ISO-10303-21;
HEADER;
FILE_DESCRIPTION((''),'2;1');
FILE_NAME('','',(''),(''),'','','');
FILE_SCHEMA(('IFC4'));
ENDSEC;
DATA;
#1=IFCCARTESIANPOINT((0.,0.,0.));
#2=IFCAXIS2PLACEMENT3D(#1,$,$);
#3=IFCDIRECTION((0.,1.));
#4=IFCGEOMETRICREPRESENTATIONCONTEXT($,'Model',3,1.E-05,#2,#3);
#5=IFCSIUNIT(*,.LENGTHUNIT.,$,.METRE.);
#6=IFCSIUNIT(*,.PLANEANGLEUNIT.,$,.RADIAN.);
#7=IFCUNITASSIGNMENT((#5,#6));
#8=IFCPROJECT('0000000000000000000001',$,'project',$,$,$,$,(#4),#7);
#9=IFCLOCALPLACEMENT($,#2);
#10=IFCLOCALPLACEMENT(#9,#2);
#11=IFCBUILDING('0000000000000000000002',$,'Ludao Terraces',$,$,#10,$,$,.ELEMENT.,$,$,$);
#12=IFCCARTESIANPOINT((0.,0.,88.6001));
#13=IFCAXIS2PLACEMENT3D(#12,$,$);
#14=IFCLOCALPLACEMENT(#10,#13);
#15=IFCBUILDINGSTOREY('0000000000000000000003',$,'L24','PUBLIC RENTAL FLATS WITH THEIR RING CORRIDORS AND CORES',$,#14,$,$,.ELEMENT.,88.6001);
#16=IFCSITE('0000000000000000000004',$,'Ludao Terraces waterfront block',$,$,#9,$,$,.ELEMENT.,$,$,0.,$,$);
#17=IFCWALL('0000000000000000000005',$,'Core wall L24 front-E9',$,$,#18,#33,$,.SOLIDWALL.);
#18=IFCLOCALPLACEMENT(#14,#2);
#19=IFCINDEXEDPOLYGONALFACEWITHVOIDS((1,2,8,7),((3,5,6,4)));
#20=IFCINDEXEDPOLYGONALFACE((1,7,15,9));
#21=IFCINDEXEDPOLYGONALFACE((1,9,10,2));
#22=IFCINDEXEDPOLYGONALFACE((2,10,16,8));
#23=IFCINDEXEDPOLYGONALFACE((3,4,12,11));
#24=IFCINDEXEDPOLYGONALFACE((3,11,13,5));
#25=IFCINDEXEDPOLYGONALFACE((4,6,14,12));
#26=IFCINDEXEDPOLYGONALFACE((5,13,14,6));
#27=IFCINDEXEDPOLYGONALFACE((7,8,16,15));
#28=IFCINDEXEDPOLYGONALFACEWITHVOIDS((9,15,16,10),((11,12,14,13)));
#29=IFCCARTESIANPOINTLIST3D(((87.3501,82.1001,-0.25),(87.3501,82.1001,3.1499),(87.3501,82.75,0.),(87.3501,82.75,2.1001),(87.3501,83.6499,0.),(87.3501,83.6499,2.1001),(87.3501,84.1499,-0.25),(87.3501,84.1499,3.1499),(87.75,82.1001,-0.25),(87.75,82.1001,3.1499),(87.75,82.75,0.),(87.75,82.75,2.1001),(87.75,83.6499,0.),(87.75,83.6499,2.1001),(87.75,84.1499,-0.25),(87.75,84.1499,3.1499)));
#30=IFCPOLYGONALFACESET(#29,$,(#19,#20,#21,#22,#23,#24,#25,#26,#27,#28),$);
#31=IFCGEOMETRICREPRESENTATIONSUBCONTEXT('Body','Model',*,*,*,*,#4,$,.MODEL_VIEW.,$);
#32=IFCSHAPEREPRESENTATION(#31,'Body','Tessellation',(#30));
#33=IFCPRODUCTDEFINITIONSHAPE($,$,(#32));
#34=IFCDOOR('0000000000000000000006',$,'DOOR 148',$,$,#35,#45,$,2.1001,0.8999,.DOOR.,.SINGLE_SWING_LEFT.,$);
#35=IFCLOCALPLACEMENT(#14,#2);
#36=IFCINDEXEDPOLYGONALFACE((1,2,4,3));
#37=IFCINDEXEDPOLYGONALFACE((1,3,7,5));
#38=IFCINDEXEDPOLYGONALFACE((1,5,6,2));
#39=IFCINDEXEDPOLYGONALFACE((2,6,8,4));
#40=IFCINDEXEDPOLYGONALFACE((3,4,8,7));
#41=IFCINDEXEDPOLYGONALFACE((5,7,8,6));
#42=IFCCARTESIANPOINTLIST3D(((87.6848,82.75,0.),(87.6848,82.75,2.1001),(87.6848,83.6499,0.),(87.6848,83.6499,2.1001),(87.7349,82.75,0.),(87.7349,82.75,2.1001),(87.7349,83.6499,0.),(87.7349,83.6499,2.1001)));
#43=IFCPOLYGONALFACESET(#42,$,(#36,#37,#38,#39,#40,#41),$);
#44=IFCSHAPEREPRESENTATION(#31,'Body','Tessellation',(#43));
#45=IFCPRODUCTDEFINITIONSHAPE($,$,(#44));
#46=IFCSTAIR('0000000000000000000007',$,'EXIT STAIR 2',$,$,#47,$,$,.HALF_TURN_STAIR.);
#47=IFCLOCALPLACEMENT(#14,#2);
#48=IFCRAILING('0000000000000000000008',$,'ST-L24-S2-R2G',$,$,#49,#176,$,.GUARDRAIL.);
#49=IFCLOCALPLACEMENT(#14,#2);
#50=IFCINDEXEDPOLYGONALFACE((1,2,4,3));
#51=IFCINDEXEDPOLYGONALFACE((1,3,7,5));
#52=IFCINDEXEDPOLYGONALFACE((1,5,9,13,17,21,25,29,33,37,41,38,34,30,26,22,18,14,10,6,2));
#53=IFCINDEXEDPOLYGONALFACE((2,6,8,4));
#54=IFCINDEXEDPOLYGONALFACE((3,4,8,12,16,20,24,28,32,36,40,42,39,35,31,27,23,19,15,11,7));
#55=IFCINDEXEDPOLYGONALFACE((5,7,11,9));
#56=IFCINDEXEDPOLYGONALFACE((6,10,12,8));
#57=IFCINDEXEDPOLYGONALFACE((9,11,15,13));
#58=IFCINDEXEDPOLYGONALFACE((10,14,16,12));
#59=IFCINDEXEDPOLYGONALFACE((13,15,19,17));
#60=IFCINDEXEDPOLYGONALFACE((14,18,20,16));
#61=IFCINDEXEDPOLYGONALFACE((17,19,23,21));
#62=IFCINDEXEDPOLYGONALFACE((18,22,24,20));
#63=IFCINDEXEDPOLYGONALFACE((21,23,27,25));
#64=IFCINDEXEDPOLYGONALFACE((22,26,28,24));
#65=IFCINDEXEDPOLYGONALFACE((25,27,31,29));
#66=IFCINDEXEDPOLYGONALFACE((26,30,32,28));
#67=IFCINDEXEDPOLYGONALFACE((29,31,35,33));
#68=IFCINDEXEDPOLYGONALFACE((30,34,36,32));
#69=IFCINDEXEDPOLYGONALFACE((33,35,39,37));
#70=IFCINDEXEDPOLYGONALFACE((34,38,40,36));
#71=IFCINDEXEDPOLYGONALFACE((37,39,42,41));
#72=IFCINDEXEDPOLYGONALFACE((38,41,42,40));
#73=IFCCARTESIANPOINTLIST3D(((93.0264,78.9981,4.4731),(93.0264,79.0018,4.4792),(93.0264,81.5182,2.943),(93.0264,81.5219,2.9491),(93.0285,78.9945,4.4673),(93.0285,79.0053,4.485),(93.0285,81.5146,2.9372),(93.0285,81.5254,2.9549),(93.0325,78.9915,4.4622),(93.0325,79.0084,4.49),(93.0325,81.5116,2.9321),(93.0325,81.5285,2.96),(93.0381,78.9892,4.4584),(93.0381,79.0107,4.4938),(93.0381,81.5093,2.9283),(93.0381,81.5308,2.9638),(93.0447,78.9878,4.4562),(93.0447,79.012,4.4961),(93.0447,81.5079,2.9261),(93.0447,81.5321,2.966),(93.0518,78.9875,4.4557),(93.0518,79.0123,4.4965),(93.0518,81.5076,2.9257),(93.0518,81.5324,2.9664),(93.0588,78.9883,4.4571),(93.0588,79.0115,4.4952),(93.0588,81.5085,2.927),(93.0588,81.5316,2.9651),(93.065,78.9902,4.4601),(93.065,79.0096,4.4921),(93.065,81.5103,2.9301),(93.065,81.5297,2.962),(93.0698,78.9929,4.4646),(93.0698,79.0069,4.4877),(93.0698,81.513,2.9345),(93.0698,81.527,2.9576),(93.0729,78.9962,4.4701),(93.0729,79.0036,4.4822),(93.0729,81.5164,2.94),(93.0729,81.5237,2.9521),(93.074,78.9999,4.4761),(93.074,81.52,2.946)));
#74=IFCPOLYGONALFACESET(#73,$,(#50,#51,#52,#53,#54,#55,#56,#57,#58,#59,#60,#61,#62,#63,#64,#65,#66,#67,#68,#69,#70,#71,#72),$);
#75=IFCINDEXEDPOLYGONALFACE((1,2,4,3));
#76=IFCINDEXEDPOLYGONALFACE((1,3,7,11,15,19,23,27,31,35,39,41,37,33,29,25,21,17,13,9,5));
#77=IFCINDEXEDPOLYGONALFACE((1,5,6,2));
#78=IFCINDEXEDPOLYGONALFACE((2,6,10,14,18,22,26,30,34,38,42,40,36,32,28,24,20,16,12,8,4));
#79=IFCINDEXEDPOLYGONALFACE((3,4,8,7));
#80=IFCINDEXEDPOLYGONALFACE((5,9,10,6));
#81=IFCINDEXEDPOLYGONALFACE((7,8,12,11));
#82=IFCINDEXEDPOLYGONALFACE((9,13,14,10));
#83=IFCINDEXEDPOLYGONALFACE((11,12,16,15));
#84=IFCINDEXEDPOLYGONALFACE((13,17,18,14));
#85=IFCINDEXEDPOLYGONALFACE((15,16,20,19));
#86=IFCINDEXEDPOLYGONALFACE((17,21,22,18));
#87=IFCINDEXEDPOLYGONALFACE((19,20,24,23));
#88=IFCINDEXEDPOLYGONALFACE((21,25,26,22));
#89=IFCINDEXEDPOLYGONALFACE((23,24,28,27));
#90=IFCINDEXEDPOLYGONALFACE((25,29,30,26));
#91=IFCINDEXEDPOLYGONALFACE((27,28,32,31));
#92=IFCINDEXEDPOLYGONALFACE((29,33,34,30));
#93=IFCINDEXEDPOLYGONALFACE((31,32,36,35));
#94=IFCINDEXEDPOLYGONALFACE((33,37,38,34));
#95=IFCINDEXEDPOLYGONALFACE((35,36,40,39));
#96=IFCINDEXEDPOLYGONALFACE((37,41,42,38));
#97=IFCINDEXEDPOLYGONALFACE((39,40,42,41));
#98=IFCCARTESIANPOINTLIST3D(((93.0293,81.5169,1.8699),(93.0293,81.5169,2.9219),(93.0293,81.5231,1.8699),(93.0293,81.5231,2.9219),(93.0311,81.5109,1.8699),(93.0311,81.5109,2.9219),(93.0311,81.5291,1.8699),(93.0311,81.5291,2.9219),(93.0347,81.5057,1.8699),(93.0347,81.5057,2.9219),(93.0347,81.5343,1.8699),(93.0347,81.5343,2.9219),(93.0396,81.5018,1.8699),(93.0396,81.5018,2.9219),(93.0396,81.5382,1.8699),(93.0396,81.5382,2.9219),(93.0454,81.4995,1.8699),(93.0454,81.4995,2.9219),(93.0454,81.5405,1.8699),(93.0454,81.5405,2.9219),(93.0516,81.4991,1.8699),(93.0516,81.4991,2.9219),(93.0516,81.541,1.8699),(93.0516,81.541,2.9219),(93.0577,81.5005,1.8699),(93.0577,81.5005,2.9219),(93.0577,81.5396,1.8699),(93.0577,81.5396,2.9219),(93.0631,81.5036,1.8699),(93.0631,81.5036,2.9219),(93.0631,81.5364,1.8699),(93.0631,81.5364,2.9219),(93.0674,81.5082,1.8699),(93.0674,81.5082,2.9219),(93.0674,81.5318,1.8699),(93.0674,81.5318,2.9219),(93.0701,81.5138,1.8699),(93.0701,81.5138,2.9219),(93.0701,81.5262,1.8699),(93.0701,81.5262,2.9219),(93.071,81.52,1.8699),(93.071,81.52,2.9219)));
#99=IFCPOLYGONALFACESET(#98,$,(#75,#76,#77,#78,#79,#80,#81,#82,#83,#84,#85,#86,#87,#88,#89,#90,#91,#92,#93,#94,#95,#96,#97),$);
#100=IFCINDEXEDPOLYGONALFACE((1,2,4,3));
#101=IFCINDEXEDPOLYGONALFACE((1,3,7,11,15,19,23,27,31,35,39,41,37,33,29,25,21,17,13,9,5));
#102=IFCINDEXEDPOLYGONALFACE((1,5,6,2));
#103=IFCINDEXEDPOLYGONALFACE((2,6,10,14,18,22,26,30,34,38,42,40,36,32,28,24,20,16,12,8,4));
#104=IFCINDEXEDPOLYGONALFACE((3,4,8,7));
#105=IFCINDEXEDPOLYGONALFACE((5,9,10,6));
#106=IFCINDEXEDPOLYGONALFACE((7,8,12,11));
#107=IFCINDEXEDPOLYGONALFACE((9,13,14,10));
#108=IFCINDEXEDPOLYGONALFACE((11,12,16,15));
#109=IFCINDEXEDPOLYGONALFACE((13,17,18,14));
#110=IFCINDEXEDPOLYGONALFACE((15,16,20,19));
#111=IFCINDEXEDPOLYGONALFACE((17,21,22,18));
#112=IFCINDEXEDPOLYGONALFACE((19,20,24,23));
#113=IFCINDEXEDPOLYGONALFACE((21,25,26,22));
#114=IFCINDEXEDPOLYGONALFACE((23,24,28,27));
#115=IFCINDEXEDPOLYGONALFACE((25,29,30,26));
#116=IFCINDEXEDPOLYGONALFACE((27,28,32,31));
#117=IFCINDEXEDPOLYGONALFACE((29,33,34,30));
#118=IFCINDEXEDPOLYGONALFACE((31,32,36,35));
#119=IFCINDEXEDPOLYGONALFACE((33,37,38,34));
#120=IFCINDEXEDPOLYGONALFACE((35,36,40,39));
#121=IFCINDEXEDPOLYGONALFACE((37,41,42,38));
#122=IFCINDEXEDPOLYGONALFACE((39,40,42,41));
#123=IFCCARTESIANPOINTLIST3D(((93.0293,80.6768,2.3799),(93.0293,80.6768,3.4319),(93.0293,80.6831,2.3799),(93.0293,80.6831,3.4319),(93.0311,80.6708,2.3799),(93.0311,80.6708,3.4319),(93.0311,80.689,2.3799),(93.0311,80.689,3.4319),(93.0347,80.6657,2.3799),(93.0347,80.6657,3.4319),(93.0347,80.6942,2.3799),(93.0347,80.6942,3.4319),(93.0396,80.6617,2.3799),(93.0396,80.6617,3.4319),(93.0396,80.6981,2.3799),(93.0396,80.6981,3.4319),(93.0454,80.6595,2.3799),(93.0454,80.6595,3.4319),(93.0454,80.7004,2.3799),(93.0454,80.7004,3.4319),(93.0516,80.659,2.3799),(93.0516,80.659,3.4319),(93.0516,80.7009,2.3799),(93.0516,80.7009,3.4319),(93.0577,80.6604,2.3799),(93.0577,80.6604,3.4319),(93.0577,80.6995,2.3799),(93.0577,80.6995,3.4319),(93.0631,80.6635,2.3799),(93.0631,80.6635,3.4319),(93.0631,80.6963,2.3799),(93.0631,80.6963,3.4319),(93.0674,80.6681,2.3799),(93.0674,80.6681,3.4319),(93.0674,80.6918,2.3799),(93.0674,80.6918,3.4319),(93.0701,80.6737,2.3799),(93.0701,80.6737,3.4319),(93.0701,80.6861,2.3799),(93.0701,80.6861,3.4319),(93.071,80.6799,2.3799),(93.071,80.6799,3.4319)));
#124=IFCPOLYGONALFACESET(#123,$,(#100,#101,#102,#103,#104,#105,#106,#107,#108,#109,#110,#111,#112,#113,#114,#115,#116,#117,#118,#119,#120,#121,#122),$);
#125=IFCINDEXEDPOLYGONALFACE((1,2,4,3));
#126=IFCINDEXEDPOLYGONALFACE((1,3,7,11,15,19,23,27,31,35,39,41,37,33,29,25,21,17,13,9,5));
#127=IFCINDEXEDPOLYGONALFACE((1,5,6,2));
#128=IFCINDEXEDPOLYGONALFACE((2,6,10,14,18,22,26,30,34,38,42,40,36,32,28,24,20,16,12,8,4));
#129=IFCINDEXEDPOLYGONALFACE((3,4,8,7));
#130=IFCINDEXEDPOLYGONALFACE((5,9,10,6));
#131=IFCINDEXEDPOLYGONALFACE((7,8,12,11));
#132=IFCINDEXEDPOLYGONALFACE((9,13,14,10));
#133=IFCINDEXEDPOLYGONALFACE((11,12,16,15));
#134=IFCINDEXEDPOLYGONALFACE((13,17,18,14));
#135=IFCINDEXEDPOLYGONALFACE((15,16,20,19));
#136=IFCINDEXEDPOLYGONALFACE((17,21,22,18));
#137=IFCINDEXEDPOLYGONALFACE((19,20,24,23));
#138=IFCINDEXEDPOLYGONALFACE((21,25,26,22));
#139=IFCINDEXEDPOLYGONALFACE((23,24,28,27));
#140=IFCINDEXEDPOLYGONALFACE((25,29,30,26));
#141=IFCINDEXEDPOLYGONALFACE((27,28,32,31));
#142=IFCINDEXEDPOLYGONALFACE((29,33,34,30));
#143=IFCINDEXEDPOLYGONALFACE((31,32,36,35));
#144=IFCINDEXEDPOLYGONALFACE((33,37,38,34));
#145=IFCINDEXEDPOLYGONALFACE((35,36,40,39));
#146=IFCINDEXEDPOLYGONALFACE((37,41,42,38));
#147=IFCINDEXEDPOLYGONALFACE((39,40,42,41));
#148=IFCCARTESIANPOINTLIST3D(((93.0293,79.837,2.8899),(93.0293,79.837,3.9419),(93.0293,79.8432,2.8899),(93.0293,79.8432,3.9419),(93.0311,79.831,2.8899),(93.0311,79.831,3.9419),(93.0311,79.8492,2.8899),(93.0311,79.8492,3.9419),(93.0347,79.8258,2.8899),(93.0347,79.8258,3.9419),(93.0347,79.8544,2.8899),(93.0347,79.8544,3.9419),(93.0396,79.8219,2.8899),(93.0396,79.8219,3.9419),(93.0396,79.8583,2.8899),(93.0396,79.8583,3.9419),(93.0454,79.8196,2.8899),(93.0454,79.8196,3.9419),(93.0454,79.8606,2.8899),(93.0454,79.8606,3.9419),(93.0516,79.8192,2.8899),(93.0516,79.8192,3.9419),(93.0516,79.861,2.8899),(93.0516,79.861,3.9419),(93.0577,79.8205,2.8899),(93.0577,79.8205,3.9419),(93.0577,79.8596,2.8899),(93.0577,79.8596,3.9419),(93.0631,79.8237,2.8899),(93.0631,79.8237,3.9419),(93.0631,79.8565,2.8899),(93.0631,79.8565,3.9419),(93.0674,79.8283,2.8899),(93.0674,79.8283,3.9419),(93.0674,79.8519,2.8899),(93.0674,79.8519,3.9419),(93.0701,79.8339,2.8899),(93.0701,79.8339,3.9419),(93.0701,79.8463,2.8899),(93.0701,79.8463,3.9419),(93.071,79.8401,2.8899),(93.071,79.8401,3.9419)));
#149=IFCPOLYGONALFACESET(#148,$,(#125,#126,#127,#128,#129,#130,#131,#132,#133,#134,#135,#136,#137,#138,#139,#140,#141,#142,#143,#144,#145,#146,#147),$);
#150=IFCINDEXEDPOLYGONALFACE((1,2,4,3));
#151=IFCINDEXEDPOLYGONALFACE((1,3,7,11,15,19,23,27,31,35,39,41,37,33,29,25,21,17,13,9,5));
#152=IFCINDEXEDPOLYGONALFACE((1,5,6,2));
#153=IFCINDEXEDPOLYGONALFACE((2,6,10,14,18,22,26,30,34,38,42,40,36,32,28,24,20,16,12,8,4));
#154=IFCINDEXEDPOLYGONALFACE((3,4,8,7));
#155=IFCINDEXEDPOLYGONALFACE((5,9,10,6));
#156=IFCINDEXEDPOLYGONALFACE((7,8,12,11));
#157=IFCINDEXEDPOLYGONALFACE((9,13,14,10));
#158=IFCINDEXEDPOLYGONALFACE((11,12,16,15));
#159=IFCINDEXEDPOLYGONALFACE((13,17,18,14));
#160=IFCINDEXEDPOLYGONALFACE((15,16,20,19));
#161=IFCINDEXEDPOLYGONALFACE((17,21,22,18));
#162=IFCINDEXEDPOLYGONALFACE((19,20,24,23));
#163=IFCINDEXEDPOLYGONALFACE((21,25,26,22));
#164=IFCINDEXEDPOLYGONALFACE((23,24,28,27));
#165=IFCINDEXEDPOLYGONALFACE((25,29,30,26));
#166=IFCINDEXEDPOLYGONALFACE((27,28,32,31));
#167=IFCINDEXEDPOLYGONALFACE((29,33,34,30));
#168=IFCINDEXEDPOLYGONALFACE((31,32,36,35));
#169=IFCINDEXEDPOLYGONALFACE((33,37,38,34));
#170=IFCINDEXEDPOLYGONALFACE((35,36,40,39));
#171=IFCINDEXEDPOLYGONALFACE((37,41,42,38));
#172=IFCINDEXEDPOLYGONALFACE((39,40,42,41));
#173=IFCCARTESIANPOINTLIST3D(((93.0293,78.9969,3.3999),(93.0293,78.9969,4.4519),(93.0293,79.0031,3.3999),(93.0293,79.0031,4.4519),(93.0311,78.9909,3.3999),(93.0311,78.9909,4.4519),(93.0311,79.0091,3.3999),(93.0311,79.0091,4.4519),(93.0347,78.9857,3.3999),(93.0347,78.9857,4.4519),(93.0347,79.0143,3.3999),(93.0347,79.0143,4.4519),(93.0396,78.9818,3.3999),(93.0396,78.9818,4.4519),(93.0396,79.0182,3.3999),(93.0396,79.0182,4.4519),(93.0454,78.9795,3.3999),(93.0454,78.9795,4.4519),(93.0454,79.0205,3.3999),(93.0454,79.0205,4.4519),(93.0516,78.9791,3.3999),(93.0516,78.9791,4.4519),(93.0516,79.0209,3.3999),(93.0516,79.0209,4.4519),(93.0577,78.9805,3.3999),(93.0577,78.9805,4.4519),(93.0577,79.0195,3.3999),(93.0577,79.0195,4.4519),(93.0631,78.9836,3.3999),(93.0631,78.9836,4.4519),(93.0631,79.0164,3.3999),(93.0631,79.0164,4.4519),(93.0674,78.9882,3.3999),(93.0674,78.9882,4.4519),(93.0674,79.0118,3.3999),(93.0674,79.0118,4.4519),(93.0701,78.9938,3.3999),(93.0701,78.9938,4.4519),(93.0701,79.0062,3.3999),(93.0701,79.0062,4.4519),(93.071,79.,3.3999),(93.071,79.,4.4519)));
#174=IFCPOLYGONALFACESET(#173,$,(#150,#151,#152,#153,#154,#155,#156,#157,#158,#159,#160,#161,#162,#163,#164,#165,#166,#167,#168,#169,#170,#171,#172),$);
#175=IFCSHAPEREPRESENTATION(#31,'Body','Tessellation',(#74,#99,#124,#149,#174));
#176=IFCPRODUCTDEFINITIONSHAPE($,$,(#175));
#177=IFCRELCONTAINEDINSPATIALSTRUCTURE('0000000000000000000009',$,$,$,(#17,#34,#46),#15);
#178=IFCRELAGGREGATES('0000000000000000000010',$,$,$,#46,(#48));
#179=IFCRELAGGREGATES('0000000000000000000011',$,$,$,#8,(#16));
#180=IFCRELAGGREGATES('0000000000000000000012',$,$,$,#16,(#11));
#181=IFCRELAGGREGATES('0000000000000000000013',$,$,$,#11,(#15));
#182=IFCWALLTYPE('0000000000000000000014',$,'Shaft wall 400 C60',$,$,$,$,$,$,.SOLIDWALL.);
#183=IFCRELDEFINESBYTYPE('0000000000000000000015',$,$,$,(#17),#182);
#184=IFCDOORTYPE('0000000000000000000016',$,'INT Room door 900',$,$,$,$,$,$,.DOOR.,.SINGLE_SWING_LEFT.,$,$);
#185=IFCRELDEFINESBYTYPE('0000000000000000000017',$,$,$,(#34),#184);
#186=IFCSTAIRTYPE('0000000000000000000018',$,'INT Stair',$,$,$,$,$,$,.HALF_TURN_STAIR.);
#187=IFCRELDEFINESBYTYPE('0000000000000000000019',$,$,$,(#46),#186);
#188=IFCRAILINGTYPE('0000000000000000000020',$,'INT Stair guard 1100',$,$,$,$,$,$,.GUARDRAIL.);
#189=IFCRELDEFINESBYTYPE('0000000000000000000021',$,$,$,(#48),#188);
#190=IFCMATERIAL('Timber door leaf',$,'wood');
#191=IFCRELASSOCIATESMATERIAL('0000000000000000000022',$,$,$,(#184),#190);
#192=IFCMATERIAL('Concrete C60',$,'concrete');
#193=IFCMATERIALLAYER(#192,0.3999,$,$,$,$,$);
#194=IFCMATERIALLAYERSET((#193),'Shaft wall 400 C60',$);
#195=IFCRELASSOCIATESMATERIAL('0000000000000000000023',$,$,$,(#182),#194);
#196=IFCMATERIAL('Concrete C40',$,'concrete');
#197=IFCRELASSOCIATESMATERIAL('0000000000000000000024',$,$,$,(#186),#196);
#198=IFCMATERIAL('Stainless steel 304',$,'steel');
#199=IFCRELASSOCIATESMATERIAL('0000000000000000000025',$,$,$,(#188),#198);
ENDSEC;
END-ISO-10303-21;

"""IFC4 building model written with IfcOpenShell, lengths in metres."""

from ifc_helpers import new_model, si_unit, direction, frame, frame_2d, origin, origin_2d, place, context, subcontext, project, spatial, rectangle, circle, extrude, material, layer, layer_set, type_object, element, fill, aggregate, save


model = new_model("IFC4")

# Units and contexts
model_context = context("Model", 3, precision=1e-05, world=origin(), true_north=direction((0.0, 1.0)))
body_context = subcontext(model_context, "Body", "Model", "MODEL_VIEW")
ifc_project = project(units=[si_unit("LENGTHUNIT", "METRE"), si_unit("PLANEANGLEUNIT", "RADIAN")], contexts=[model_context])

# Site, building, storey
site_placement = place(None, origin())
site = spatial("IfcSite", under=ifc_project, at=site_placement, Name="Ludao Terraces waterfront block", CompositionType="ELEMENT", RefElevation=0.0)
building_placement = place(site_placement, origin())
building = spatial("IfcBuilding", under=site, at=building_placement, Name="Ludao Terraces", CompositionType="ELEMENT")
storey_placement = place(building_placement, frame((0.0, 0.0, 88.6001)))
storey = spatial("IfcBuildingStorey", under=building, at=storey_placement, Name="L24", Description="PUBLIC RENTAL FLATS WITH THEIR RING CORRIDORS AND CORES", CompositionType="ELEMENT", Elevation=88.6001)

# Shared definitions
ifc_material_1 = material(Name="Concrete C40", Category="concrete")

# Shared definitions
ifc_material_2 = material(Name="Timber door leaf", Category="wood")
door_type_1 = type_object("IfcDoorType", Name="INT Room door 900", OperationType="SINGLE_SWING_LEFT", PredefinedType="DOOR", material=ifc_material_2)

# Shared definitions
ifc_material_3 = material(Name="Concrete C60", Category="concrete")
ifc_layer_1 = layer(ifc_material_3, 0.3999)
ifc_layer_set_1 = layer_set([ifc_layer_1], Name="Shaft wall 400 C60")
wall_type_1 = type_object("IfcWallType", Name="Shaft wall 400 C60", PredefinedType="SOLIDWALL", material=ifc_layer_set_1)

# Wall, opening, door
wall_1_placement = place(storey_placement, frame((87.55, 82.1001, -0.25), z_axis=(0.0, 0.0, 1.0), x_axis=(0.0, 1.0, 0.0)))
wall_1 = element("IfcWall", 1, at=wall_1_placement, inside=storey, type_object=wall_type_1, Name="Core wall L24 front-E9", PredefinedType="SOLIDWALL", context=body_context, shape_type="SweptSolid", body=[
    extrude(rectangle(XDim=2.0498, YDim=0.3999, at=frame_2d((1.0249, 0.0))), origin(), (0.0, 0.0, 1.0), 3.3999),
])
opening_1_placement = place(wall_1_placement, frame((0.6499, 0.0, 0.25)))
opening_1 = element("IfcOpeningElement", 2, at=opening_1_placement, cuts=wall_1, PredefinedType="OPENING", context=body_context, shape_type="SweptSolid", body=[
    extrude(rectangle(XDim=0.8999, YDim=2.1001, at=frame_2d((0.45, 1.05))), frame((0.0, 0.21, 0.0), z_axis=(0.0, -1.0, 0.0), x_axis=(1.0, 0.0, 0.0)), (0.0, 0.0, 1.0), 0.4199),
])
door_1_placement = place(opening_1_placement, origin())
door_1 = element("IfcDoor", 3, at=door_1_placement, inside=storey, type_object=door_type_1, Name="DOOR 148", OperationType="SINGLE_SWING_LEFT", OverallHeight=2.1001, OverallWidth=0.8999, PredefinedType="DOOR", context=body_context, shape_type="SweptSolid", body=[
    extrude(rectangle(XDim=0.8999, YDim=2.1001, at=frame_2d((0.45, 1.05))), frame((0.0, -0.1348, 0.0), z_axis=(0.0, -1.0, 0.0), x_axis=(1.0, 0.0, 0.0)), (0.0, 0.0, 1.0), 0.05),
])
fill(opening_1, door_1)

# Stair, railing
stair_type = type_object("IfcStairType", Name="INT Stair", PredefinedType="HALF_TURN_STAIR", material=ifc_material_1)
stair_placement = place(storey_placement, origin())
stair = element("IfcStair", 4, at=stair_placement, inside=storey, type_object=stair_type, Name="EXIT STAIR 2", PredefinedType="HALF_TURN_STAIR")
ifc_material_4 = material(Name="Stainless steel 304", Category="steel")
railing_type_1 = type_object("IfcRailingType", Name="INT Stair guard 1100", PredefinedType="GUARDRAIL", material=ifc_material_4)
railing_1_placement = place(storey_placement, frame((93.05, 81.52, 1.8699)))
railing_1 = element("IfcRailing", 5, at=railing_1_placement, type_object=railing_type_1, Name="ST-L24-S2-R2G", PredefinedType="GUARDRAIL", context=body_context, shape_type="SweptSolid", body=[
    extrude(circle(Radius=0.0239, at=origin_2d()), frame((0.0, 0.0, 1.0762), z_axis=(0.0, -0.854785, 0.518982), x_axis=(1.0, 0.0, 0.0)), (0.0, 0.0, 1.0), 2.9482),
    extrude(circle(Radius=0.021, at=origin_2d()), origin(), (0.0, 0.0, 1.0), 1.052),
    extrude(circle(Radius=0.021, at=origin_2d()), frame((0.0, -0.8401, 0.51)), (0.0, 0.0, 1.0), 1.052),
    extrude(circle(Radius=0.021, at=origin_2d()), frame((0.0, -1.6799, 1.02)), (0.0, 0.0, 1.0), 1.052),
    extrude(circle(Radius=0.021, at=origin_2d()), frame((0.0, -2.52, 1.53)), (0.0, 0.0, 1.0), 1.052),
])
aggregate(stair, [railing_1])

save(model, "model.ifc")
